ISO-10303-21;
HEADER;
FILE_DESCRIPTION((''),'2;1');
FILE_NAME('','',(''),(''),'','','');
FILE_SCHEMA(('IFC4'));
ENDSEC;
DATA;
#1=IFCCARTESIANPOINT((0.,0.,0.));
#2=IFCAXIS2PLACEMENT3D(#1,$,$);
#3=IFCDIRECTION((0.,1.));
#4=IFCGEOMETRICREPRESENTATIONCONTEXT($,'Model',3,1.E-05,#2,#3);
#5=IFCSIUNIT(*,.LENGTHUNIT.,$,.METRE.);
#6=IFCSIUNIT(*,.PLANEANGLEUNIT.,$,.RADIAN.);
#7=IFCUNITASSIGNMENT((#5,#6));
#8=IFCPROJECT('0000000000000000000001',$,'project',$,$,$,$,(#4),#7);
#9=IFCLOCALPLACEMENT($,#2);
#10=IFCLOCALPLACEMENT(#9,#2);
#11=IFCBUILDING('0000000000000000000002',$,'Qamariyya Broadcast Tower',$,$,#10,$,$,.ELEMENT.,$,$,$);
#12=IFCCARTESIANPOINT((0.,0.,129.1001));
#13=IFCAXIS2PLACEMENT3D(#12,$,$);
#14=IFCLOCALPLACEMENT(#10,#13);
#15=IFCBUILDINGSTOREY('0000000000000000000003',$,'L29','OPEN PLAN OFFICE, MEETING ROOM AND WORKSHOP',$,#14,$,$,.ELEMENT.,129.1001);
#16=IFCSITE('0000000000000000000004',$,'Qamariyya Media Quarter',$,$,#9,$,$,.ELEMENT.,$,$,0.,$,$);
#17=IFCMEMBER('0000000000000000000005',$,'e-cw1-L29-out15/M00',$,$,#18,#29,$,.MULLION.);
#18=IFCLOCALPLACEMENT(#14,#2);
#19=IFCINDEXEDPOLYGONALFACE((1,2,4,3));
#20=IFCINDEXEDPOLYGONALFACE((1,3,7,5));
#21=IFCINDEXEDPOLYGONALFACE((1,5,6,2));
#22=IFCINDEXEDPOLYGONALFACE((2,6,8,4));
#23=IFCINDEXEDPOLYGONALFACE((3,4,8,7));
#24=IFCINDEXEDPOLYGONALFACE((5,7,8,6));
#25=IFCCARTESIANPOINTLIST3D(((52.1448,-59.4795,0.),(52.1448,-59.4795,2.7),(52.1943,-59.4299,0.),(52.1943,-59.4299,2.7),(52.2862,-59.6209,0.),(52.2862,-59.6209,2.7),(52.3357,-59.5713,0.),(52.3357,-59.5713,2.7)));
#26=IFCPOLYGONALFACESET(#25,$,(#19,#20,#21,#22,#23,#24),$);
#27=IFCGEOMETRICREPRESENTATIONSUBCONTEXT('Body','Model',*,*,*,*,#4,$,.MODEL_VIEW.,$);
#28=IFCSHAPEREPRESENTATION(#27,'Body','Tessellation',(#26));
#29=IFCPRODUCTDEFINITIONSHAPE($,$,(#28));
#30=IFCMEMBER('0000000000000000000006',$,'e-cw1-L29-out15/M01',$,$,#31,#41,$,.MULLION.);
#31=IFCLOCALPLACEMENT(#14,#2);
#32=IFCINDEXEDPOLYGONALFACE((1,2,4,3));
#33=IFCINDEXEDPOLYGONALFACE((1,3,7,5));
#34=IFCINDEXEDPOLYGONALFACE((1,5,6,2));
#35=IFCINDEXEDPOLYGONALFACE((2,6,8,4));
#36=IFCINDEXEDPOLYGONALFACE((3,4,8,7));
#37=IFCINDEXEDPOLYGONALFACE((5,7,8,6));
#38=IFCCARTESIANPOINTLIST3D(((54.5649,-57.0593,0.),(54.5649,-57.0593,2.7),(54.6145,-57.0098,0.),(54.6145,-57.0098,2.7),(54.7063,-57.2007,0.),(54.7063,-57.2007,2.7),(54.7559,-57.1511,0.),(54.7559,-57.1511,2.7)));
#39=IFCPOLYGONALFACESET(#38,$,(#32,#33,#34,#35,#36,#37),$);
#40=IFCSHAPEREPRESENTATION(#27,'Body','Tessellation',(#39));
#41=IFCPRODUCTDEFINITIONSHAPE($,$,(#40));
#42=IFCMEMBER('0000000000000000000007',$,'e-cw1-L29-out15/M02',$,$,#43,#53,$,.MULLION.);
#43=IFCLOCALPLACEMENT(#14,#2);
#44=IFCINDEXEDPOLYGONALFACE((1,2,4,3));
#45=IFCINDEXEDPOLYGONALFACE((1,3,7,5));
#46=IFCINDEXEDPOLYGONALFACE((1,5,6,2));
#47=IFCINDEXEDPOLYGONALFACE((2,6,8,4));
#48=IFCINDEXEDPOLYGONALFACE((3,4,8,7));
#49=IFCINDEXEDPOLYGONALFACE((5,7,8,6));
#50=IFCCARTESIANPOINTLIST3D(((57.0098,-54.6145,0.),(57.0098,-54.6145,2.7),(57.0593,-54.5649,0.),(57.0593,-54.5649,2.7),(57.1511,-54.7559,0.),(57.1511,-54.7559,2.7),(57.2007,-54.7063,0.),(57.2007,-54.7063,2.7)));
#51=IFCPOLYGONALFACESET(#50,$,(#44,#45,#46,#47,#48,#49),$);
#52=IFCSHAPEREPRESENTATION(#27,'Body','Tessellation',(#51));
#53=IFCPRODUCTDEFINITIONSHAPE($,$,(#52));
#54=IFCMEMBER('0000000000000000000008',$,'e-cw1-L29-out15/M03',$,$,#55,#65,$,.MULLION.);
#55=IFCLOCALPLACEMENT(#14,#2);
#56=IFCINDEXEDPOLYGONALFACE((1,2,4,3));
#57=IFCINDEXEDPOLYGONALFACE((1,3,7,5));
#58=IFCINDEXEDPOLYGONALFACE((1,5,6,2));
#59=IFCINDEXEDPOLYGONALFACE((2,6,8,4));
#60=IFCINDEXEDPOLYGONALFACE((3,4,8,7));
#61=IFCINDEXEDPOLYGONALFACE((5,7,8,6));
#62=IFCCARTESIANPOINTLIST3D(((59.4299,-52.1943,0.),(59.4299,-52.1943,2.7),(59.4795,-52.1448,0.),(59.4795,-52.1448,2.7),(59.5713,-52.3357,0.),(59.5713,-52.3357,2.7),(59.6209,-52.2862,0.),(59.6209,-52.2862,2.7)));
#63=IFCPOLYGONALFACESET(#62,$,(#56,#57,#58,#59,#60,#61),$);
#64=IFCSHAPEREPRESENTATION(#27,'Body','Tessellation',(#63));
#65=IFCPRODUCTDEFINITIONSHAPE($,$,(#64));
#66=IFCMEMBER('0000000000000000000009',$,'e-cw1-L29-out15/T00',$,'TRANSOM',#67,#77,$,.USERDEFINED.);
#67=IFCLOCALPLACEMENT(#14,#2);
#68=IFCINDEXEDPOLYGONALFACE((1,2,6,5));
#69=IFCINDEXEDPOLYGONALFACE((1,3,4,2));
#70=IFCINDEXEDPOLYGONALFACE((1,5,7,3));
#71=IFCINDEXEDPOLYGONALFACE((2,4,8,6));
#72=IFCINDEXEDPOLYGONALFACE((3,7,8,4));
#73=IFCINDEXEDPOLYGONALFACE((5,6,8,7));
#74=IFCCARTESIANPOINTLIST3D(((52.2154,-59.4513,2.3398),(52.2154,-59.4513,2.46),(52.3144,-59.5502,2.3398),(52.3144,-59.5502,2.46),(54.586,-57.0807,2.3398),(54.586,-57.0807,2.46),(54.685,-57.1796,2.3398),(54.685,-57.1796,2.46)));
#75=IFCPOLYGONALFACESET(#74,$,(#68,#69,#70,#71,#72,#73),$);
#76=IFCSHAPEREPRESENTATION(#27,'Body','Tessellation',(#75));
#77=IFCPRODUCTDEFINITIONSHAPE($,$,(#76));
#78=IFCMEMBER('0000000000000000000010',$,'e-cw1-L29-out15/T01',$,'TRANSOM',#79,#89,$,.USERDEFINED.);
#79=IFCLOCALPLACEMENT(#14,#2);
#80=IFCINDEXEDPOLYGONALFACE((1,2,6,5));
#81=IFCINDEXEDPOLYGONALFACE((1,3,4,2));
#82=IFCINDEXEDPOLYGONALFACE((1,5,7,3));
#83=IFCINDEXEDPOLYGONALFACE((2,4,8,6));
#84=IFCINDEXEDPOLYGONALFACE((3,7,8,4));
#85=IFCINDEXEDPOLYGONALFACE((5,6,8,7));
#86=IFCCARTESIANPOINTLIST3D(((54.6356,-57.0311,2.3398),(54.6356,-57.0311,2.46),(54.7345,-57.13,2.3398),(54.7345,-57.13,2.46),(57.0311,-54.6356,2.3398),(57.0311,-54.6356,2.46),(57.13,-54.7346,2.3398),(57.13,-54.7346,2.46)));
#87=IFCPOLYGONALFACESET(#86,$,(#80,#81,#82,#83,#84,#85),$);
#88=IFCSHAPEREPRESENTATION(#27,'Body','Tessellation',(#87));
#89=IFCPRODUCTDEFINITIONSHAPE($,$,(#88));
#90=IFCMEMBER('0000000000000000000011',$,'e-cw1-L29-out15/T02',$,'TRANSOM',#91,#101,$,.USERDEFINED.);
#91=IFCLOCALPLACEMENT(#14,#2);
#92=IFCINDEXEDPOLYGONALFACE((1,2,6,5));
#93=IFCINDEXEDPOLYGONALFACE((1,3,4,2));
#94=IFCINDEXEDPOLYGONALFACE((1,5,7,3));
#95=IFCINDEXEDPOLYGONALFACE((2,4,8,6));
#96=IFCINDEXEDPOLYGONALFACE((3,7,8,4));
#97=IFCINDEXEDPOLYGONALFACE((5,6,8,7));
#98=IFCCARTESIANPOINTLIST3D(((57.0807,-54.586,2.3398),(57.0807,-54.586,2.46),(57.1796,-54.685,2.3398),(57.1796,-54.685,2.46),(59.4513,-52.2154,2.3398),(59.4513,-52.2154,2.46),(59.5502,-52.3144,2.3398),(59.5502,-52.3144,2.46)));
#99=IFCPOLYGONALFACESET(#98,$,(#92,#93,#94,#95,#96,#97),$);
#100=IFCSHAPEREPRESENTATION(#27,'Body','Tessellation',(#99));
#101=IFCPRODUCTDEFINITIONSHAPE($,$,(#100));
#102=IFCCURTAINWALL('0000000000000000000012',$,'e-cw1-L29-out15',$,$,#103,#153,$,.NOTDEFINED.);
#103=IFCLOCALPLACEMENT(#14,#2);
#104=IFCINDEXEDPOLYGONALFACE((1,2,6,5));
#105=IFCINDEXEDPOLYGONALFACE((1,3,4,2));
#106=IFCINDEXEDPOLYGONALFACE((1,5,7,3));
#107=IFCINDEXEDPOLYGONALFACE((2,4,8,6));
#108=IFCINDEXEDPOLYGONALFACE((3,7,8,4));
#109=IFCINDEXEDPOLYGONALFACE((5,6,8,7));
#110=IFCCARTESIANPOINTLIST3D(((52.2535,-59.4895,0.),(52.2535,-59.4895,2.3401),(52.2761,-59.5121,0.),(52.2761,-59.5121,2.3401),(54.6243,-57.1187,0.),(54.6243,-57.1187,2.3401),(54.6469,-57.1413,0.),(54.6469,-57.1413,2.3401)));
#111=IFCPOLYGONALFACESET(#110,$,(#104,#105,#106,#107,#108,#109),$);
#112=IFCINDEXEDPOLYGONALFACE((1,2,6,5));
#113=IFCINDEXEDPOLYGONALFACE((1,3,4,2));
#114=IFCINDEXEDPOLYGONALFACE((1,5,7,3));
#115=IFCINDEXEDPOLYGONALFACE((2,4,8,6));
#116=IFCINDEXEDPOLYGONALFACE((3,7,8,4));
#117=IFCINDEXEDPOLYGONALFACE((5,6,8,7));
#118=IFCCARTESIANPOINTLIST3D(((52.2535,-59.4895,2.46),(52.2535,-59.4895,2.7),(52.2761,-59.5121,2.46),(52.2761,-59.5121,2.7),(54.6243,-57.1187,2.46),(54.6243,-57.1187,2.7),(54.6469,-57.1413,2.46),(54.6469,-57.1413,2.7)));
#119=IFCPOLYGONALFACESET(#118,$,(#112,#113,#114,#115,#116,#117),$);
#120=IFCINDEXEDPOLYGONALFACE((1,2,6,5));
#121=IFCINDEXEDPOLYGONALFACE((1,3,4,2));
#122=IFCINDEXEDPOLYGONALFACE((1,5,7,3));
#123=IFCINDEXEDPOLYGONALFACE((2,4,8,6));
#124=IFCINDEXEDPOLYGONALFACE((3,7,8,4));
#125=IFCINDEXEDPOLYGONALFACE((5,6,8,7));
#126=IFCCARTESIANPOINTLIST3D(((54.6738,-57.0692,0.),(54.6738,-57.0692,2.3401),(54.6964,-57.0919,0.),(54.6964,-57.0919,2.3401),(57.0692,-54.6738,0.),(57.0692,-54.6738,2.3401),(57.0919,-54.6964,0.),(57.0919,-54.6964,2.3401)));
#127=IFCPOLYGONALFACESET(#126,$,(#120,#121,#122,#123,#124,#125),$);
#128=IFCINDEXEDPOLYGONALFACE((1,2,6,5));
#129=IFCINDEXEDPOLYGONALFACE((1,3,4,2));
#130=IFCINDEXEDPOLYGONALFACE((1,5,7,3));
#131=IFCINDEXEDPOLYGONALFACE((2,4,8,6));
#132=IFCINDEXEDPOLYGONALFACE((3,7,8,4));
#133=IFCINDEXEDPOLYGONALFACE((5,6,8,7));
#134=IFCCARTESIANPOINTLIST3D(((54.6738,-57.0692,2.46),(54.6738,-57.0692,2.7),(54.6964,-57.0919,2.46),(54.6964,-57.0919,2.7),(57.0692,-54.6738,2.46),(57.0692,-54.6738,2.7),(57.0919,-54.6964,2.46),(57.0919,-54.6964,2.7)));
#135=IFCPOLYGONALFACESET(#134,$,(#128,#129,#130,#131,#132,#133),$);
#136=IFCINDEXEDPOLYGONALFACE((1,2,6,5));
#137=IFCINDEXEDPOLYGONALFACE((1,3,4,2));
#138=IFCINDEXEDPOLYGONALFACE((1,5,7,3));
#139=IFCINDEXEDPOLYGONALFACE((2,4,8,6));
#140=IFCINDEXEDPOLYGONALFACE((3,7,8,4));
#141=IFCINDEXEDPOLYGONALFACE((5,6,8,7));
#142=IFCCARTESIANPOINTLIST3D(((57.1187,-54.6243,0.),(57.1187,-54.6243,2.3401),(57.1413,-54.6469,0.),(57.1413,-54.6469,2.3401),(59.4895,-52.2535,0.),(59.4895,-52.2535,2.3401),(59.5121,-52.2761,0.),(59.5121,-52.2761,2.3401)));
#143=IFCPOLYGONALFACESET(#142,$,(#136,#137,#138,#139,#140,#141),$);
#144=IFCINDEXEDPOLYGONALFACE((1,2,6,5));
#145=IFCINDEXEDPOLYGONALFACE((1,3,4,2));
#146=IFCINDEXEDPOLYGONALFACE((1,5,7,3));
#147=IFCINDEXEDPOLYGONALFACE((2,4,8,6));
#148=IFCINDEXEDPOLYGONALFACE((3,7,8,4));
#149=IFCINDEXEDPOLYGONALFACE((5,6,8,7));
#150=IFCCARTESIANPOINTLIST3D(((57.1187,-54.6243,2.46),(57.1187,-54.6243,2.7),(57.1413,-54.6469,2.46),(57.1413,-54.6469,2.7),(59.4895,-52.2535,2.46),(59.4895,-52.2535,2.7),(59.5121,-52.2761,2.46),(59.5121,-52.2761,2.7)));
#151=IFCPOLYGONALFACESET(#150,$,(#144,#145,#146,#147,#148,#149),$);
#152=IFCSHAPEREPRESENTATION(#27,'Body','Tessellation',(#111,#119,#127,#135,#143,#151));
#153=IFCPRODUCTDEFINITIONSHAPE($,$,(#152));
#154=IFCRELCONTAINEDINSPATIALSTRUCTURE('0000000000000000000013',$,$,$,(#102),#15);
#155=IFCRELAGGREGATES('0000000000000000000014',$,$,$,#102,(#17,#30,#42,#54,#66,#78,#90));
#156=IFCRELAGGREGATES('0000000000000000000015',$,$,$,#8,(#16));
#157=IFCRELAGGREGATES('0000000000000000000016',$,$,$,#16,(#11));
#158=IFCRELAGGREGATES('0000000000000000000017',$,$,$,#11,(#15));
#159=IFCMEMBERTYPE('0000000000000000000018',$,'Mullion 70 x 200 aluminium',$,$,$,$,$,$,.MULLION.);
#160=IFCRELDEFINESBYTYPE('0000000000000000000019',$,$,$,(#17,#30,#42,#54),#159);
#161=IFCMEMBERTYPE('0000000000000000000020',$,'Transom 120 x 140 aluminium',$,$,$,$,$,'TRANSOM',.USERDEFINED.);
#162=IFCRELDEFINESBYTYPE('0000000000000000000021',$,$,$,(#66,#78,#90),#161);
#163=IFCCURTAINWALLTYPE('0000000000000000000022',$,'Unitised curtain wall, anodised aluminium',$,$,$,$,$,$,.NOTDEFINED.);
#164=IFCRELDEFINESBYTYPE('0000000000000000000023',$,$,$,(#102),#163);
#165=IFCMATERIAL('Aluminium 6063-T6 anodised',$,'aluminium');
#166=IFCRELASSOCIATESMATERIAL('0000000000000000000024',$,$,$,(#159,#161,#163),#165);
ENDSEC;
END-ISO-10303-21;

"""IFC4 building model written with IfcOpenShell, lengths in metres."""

from ifc_helpers import new_model, si_unit, direction, frame, origin, origin_2d, place, context, subcontext, project, spatial, rectangle, extrude, material, material_profile, profile_set, type_object, element, aggregate, save


model = new_model("IFC4")

# Units and contexts
model_context = context("Model", 3, precision=1e-05, world=origin(), true_north=direction((0.0, 1.0)))
body_context = subcontext(model_context, "Body", "Model", "MODEL_VIEW")
ifc_project = project(units=[si_unit("LENGTHUNIT", "METRE"), si_unit("PLANEANGLEUNIT", "RADIAN")], contexts=[model_context])

# Members
ifc_material = material(Name="Aluminium 6063-T6 anodised", Category="aluminium")
ifc_material_profile_1 = material_profile(ifc_material, rectangle(XDim=0.2, YDim=0.0701, at=origin_2d()))
ifc_profile_set_1 = profile_set([ifc_material_profile_1], Name="Aluminium 6063-T6 anodised")
member_type_1 = type_object("IfcMemberType", Name="Mullion 70 x 200 aluminium", PredefinedType="MULLION", material=ifc_profile_set_1)
site_placement = place(None, origin())
building_placement = place(site_placement, origin())
storey_placement = place(building_placement, frame((0.0, 0.0, 129.1001)))
member_1_placement = place(storey_placement, frame((52.2402, -59.5254, 0.0), z_axis=(0.0, 0.0, 1.0), x_axis=(-0.707107, 0.707107, 0.0)))
member_1 = element("IfcMember", 1, at=member_1_placement, type_object=member_type_1, Name="e-cw1-L29-out15/M00", PredefinedType="MULLION", context=body_context, shape_type="SweptSolid", body=[
    extrude(rectangle(XDim=0.2, YDim=0.0701, at=origin_2d()), origin(), (0.0, 0.0, 1.0), 2.7),
])
member_2_placement = place(storey_placement, frame((54.6604, -57.1052, 0.0), z_axis=(0.0, 0.0, 1.0), x_axis=(-0.707107, 0.707107, 0.0)))
member_2 = element("IfcMember", 2, at=member_2_placement, type_object=member_type_1, Name="e-cw1-L29-out15/M01", PredefinedType="MULLION", context=body_context, shape_type="SweptSolid", body=[
    extrude(rectangle(XDim=0.2, YDim=0.0701, at=origin_2d()), origin(), (0.0, 0.0, 1.0), 2.7),
])
member_3_placement = place(storey_placement, frame((57.1052, -54.6604, 0.0), z_axis=(0.0, 0.0, 1.0), x_axis=(-0.707107, 0.707107, 0.0)))
member_3 = element("IfcMember", 3, at=member_3_placement, type_object=member_type_1, Name="e-cw1-L29-out15/M02", PredefinedType="MULLION", context=body_context, shape_type="SweptSolid", body=[
    extrude(rectangle(XDim=0.2, YDim=0.0701, at=origin_2d()), origin(), (0.0, 0.0, 1.0), 2.7),
])
member_4_placement = place(storey_placement, frame((59.5254, -52.2402, 0.0), z_axis=(0.0, 0.0, 1.0), x_axis=(-0.707107, 0.707107, 0.0)))
member_4 = element("IfcMember", 4, at=member_4_placement, type_object=member_type_1, Name="e-cw1-L29-out15/M03", PredefinedType="MULLION", context=body_context, shape_type="SweptSolid", body=[
    extrude(rectangle(XDim=0.2, YDim=0.0701, at=origin_2d()), origin(), (0.0, 0.0, 1.0), 2.7),
])
ifc_material_profile_2 = material_profile(ifc_material, rectangle(XDim=0.1399, YDim=0.1201, at=origin_2d()))
ifc_profile_set_2 = profile_set([ifc_material_profile_2], Name="Aluminium 6063-T6 anodised")
member_type_2 = type_object("IfcMemberType", Name="Transom 120 x 140 aluminium", ElementType="TRANSOM", PredefinedType="USERDEFINED", material=ifc_profile_set_2)
member_5_placement = place(storey_placement, frame((52.2649, -59.5007, 2.3999), z_axis=(0.707107, 0.707107, 0.0), x_axis=(-0.707107, 0.707107, 0.0)))
member_5 = element("IfcMember", 5, at=member_5_placement, type_object=member_type_2, Name="e-cw1-L29-out15/T00", ObjectType="TRANSOM", PredefinedType="USERDEFINED", context=body_context, shape_type="SweptSolid", body=[
    extrude(rectangle(XDim=0.1399, YDim=0.1201, at=origin_2d()), origin(), (0.0, 0.0, 1.0), 3.3525),
])
member_6_placement = place(storey_placement, frame((54.6851, -57.0806, 2.3999), z_axis=(0.707107, 0.707107, 0.0), x_axis=(-0.707107, 0.707107, 0.0)))
member_6 = element("IfcMember", 6, at=member_6_placement, type_object=member_type_2, Name="e-cw1-L29-out15/T01", ObjectType="TRANSOM", PredefinedType="USERDEFINED", context=body_context, shape_type="SweptSolid", body=[
    extrude(rectangle(XDim=0.1399, YDim=0.1201, at=origin_2d()), origin(), (0.0, 0.0, 1.0), 3.3877),
])
member_7_placement = place(storey_placement, frame((57.1301, -54.6355, 2.3999), z_axis=(0.707107, 0.707107, 0.0), x_axis=(-0.707107, 0.707107, 0.0)))
member_7 = element("IfcMember", 7, at=member_7_placement, type_object=member_type_2, Name="e-cw1-L29-out15/T02", ObjectType="TRANSOM", PredefinedType="USERDEFINED", context=body_context, shape_type="SweptSolid", body=[
    extrude(rectangle(XDim=0.1399, YDim=0.1201, at=origin_2d()), origin(), (0.0, 0.0, 1.0), 3.3525),
])

# Site, building, storey
site = spatial("IfcSite", under=ifc_project, at=site_placement, Name="Qamariyya Media Quarter", CompositionType="ELEMENT", RefElevation=0.0)
building = spatial("IfcBuilding", under=site, at=building_placement, Name="Qamariyya Broadcast Tower", CompositionType="ELEMENT")
storey = spatial("IfcBuildingStorey", under=building, at=storey_placement, Name="L29", Description="OPEN PLAN OFFICE, MEETING ROOM AND WORKSHOP", CompositionType="ELEMENT", Elevation=129.1001)

# Curtain wall
curtain_wall_type = type_object("IfcCurtainWallType", Name="Unitised curtain wall, anodised aluminium", PredefinedType="NOTDEFINED", material=ifc_material)
curtain_wall_1_placement = place(storey_placement, origin())
curtain_wall_1 = element("IfcCurtainWall", 8, at=curtain_wall_1_placement, inside=storey, type_object=curtain_wall_type, Name="e-cw1-L29-out15", PredefinedType="NOTDEFINED", context=body_context, shape_type="SweptSolid", body=[
    extrude(rectangle(XDim=3.3528, YDim=0.032, at=origin_2d()), frame((53.4502, -58.3154, 0.0), x_axis=(0.707107, 0.707107, 0.0)), (0.0, 0.0, 1.0), 2.3401),
    extrude(rectangle(XDim=3.3528, YDim=0.032, at=origin_2d()), frame((53.4502, -58.3154, 2.46), x_axis=(0.707107, 0.707107, 0.0)), (0.0, 0.0, 1.0), 0.24),
    extrude(rectangle(XDim=3.3877, YDim=0.032, at=origin_2d()), frame((55.8828, -55.8828, 0.0), x_axis=(0.707107, 0.707107, 0.0)), (0.0, 0.0, 1.0), 2.3401),
    extrude(rectangle(XDim=3.3877, YDim=0.032, at=origin_2d()), frame((55.8828, -55.8828, 2.46), x_axis=(0.707107, 0.707107, 0.0)), (0.0, 0.0, 1.0), 0.24),
    extrude(rectangle(XDim=3.3528, YDim=0.032, at=origin_2d()), frame((58.3154, -53.4502, 0.0), x_axis=(0.707107, 0.707107, 0.0)), (0.0, 0.0, 1.0), 2.3401),
    extrude(rectangle(XDim=3.3528, YDim=0.032, at=origin_2d()), frame((58.3154, -53.4502, 2.46), x_axis=(0.707107, 0.707107, 0.0)), (0.0, 0.0, 1.0), 0.24),
])
aggregate(curtain_wall_1, [member_1, member_2, member_3, member_4, member_5, member_6, member_7])

save(model, "model.ifc")
